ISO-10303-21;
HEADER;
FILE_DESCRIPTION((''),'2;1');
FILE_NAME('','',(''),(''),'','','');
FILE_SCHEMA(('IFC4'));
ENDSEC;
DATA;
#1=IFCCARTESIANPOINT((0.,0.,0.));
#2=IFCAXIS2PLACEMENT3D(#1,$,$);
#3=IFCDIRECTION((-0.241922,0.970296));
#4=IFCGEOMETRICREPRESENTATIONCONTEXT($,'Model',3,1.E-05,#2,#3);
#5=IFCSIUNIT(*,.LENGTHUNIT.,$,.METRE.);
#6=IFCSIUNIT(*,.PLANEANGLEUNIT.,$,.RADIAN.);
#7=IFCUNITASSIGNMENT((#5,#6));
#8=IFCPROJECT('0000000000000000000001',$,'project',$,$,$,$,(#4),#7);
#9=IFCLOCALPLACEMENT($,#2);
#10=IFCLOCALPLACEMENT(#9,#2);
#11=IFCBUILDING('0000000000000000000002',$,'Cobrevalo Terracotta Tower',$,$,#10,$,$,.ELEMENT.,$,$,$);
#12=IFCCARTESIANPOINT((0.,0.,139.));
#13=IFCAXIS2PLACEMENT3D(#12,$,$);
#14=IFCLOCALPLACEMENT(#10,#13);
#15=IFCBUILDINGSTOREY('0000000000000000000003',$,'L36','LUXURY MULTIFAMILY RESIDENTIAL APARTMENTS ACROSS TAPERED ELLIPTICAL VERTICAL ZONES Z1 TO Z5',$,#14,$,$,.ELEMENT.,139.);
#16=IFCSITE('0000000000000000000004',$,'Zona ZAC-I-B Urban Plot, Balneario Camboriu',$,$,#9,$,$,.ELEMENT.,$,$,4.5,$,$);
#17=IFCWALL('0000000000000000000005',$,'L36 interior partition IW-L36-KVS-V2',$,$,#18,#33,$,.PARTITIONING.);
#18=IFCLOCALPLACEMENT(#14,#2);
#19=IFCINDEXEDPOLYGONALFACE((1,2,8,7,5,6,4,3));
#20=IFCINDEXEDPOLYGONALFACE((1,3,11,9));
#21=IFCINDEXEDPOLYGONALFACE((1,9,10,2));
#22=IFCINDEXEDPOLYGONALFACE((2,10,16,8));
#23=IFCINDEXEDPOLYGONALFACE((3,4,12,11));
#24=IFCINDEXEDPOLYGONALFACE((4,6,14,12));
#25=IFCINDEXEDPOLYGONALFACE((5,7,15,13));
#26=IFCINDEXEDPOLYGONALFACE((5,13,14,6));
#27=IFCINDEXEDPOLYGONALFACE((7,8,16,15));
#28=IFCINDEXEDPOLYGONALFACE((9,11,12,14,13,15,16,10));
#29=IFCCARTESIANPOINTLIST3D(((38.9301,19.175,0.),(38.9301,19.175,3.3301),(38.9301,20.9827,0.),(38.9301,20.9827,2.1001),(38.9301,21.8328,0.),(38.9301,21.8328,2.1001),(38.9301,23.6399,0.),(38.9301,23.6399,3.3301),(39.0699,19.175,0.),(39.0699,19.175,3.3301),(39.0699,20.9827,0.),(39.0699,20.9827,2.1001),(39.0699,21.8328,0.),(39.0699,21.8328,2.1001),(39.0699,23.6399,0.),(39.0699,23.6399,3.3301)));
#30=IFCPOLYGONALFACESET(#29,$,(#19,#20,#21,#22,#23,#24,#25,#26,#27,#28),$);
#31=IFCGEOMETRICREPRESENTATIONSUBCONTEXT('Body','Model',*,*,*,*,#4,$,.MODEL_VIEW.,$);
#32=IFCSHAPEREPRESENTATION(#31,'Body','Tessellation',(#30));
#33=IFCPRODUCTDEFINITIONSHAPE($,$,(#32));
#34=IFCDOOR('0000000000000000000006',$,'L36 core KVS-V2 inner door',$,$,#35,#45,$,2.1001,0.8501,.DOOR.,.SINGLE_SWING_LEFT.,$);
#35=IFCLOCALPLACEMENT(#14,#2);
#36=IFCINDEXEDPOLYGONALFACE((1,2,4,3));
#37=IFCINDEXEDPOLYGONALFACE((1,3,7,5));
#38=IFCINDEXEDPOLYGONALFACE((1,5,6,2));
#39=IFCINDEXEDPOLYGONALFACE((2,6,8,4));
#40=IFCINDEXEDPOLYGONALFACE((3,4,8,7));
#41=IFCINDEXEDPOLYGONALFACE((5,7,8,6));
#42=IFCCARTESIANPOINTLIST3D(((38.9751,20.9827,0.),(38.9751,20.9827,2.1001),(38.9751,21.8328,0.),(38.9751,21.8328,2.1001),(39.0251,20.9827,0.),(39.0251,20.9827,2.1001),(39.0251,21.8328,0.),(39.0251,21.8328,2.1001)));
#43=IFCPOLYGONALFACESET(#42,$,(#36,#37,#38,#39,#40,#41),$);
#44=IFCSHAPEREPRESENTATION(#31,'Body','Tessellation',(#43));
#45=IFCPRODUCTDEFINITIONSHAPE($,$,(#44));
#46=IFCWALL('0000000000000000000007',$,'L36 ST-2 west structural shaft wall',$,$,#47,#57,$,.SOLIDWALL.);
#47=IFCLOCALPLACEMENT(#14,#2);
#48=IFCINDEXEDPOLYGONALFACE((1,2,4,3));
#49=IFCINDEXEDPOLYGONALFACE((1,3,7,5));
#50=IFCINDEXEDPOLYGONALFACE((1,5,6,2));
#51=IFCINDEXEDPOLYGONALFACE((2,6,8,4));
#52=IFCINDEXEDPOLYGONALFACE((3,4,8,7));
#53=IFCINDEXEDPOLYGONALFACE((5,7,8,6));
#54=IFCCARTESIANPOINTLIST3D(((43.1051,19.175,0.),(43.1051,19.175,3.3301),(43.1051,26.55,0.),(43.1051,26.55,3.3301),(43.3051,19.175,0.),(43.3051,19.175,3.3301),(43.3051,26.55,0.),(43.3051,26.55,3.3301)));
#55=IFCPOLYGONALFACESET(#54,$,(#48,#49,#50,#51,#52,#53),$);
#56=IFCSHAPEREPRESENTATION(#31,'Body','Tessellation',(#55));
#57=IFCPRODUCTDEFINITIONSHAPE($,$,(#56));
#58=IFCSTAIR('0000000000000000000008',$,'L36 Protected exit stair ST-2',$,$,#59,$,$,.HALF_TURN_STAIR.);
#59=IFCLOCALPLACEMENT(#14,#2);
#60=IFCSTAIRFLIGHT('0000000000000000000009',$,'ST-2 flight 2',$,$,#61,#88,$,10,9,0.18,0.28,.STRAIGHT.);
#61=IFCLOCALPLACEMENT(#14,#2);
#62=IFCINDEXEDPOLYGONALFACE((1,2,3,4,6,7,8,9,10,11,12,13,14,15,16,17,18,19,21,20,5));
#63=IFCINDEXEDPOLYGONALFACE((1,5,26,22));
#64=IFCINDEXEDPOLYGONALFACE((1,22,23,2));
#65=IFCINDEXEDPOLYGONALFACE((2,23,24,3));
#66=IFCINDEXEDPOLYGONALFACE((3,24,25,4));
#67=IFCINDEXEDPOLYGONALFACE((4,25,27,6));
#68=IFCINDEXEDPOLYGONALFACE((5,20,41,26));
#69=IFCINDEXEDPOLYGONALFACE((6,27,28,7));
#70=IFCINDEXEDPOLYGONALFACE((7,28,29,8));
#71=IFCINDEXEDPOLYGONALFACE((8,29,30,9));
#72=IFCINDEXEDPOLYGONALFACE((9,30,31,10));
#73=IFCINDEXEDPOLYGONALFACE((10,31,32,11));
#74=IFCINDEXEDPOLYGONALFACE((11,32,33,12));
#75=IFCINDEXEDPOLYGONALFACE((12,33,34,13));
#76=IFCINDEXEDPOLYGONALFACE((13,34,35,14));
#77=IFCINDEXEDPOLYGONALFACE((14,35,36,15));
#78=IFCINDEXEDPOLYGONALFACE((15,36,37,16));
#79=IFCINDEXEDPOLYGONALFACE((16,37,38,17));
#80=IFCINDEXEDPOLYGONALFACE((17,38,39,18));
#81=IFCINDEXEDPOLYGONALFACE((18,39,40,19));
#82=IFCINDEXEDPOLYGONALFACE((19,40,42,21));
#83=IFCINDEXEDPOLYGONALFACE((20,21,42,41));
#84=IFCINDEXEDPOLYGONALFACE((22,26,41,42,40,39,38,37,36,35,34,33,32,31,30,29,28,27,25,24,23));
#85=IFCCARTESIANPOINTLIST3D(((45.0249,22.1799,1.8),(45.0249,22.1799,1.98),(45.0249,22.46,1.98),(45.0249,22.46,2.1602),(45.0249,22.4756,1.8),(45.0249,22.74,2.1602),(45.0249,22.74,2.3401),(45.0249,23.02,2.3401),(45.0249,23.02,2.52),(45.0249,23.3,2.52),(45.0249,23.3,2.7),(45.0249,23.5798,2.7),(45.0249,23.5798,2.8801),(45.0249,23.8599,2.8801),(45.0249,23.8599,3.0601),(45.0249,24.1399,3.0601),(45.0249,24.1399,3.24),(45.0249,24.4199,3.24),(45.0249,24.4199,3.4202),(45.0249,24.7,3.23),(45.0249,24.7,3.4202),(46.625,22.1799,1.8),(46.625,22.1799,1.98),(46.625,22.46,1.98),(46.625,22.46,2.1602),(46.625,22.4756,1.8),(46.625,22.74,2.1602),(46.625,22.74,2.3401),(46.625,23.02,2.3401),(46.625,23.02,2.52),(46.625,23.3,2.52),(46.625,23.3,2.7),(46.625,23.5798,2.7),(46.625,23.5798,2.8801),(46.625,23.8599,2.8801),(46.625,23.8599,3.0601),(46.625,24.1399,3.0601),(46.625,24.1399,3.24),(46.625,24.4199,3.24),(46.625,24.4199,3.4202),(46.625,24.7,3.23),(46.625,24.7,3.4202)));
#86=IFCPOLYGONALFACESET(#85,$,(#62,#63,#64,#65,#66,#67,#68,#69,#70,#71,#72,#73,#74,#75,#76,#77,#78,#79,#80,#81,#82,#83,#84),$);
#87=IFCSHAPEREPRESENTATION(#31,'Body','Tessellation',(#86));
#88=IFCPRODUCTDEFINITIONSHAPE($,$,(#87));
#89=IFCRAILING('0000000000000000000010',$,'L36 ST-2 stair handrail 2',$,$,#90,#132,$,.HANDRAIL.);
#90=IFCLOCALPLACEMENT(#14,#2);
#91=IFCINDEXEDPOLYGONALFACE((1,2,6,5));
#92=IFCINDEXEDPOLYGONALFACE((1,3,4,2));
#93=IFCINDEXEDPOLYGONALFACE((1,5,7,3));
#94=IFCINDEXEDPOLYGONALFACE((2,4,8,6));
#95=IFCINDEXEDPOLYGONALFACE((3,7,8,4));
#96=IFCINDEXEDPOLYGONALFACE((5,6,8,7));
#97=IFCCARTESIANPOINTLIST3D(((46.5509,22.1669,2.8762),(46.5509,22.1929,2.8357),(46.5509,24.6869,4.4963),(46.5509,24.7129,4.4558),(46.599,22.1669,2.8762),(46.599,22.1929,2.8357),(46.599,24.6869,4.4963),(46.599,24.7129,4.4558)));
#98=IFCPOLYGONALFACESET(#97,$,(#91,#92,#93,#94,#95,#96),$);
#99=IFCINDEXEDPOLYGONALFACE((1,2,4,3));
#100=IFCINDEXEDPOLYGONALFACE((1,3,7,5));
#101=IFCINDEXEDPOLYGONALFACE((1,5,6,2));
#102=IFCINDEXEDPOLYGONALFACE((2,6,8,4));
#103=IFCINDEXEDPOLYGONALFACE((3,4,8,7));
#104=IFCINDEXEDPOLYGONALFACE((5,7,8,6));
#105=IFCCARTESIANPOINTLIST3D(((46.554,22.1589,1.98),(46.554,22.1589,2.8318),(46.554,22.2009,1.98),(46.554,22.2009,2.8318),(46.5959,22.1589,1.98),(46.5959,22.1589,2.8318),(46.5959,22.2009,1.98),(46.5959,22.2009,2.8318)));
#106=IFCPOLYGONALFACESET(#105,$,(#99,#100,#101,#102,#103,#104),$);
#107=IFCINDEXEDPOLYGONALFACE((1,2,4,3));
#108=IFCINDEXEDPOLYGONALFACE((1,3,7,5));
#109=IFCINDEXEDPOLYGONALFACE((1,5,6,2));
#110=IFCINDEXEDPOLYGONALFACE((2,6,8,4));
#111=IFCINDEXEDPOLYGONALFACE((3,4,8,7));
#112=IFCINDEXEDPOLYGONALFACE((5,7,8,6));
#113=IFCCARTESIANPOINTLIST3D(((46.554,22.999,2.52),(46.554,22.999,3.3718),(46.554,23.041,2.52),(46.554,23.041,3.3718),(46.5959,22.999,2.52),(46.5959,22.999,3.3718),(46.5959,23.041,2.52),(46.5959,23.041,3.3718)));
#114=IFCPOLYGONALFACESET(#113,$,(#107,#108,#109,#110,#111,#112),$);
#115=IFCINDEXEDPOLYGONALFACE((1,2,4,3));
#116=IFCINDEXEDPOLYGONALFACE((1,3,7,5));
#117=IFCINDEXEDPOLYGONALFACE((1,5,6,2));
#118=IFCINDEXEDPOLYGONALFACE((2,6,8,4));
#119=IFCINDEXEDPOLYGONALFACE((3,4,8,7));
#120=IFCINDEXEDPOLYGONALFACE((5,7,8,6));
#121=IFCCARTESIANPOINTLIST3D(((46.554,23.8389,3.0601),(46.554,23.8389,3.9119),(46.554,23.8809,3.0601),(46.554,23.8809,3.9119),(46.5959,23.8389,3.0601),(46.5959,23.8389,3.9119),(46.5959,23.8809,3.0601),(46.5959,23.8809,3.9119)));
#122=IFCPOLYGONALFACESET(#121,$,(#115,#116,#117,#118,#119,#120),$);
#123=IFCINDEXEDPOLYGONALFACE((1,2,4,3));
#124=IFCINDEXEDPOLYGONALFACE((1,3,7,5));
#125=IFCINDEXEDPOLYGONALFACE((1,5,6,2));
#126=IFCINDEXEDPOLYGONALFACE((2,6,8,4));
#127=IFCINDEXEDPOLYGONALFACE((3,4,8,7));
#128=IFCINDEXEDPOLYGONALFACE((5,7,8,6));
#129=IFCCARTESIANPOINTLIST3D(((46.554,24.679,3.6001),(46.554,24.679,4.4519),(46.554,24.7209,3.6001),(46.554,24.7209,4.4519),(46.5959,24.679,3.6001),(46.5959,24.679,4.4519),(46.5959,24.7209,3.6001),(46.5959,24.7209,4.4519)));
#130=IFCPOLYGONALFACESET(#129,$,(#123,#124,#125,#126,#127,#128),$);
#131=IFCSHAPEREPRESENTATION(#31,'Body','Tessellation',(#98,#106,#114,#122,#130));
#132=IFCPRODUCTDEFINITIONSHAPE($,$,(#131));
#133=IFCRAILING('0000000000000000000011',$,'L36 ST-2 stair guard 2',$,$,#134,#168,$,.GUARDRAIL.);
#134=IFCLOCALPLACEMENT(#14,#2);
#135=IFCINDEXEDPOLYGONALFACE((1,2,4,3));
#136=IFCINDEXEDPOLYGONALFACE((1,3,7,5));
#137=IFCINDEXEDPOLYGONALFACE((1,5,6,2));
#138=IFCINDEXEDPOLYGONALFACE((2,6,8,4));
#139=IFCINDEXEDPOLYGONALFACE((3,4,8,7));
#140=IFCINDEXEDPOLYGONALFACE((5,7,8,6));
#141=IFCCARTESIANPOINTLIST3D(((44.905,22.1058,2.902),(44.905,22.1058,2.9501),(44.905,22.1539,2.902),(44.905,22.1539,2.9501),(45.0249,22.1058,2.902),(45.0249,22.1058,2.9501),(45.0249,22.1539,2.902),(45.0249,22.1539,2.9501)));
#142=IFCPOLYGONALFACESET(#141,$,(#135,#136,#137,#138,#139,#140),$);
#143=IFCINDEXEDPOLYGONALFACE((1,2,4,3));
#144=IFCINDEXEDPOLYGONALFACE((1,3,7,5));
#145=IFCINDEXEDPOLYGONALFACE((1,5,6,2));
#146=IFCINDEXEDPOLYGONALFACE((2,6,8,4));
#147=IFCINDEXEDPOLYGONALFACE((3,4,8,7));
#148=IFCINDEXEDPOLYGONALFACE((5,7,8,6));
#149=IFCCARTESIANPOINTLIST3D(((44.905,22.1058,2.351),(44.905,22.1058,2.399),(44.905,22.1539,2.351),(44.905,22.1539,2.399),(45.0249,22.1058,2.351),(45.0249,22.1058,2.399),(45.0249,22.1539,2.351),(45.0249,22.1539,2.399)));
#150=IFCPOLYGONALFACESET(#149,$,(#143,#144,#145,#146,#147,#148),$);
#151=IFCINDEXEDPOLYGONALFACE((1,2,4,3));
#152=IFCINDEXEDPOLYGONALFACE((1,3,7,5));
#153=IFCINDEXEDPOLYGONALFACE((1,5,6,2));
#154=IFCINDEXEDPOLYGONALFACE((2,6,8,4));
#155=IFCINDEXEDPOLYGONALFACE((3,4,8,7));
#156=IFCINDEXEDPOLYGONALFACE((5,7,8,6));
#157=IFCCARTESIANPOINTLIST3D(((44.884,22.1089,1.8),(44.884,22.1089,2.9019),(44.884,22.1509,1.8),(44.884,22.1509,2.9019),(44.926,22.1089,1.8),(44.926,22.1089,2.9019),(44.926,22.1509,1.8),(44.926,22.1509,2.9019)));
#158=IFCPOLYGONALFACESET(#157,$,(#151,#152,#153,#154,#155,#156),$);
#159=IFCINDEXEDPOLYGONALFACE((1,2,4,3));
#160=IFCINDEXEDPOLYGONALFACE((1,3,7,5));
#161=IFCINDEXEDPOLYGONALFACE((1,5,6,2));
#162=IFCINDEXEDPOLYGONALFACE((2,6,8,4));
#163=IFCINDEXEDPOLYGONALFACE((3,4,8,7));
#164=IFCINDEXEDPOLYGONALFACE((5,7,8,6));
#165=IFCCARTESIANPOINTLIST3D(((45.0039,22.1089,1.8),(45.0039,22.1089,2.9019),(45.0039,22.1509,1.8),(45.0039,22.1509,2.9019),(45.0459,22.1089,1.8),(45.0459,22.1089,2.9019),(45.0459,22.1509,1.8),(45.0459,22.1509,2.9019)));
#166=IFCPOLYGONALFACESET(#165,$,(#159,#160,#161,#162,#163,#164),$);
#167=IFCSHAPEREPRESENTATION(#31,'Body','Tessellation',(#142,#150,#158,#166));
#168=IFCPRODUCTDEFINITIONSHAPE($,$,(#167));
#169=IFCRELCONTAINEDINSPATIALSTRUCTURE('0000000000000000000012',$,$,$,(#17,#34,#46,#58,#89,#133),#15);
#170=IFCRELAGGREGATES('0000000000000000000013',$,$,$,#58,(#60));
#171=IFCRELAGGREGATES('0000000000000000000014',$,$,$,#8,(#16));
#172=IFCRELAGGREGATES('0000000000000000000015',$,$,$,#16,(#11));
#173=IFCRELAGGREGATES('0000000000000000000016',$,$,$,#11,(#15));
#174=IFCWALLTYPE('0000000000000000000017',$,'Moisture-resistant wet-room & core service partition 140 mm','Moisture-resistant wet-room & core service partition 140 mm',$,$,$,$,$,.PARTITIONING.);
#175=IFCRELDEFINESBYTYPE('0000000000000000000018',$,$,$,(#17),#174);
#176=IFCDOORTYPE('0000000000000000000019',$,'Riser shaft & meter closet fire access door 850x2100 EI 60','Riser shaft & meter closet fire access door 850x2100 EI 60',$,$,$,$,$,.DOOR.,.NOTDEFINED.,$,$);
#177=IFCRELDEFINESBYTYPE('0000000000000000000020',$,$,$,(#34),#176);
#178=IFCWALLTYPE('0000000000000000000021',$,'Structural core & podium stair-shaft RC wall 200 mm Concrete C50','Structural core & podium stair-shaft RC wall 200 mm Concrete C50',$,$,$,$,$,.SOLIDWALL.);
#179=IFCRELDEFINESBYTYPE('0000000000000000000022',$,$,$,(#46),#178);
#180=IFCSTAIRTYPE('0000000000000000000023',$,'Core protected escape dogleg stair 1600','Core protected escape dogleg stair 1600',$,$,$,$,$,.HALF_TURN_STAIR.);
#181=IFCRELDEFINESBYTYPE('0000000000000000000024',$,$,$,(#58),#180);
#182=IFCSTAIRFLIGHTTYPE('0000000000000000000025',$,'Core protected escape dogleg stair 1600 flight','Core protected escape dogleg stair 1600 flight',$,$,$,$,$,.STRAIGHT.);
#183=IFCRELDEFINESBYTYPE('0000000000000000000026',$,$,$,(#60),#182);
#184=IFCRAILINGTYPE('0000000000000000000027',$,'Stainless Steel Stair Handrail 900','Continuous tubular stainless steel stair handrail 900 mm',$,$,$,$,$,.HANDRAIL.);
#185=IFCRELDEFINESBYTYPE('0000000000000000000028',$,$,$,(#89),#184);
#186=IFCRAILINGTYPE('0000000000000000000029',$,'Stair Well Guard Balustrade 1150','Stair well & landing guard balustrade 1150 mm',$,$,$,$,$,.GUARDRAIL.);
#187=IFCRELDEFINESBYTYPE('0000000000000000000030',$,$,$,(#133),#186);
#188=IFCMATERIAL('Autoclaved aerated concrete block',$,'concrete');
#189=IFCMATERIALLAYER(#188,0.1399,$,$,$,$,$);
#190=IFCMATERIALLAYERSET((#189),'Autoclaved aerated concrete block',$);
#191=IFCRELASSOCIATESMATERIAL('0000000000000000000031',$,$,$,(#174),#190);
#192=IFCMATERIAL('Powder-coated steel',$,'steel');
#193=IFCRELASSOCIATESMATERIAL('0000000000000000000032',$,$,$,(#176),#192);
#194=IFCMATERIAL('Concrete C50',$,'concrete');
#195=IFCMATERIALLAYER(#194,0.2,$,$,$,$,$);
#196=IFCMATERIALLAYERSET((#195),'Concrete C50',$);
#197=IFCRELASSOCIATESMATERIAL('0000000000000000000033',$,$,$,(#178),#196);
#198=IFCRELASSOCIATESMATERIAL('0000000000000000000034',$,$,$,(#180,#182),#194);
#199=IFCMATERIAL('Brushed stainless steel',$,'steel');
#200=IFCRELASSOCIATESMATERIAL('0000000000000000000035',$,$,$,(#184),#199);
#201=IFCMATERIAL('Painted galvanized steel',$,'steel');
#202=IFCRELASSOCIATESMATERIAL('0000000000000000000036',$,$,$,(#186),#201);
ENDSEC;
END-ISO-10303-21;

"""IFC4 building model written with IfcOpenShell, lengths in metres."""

from ifc_helpers import new_model, si_unit, direction, frame, frame_2d, origin, origin_2d, place, context, subcontext, project, spatial, polyline, rectangle, outline, extrude, source, transform, mapped, material, layer, layer_set, type_object, element, fill, aggregate, save


model = new_model("IFC4")

# Units and contexts
model_context = context("Model", 3, precision=1e-05, world=origin(), true_north=direction((-0.241922, 0.970296)))
body_context = subcontext(model_context, "Body", "Model", "MODEL_VIEW")
ifc_project = project(units=[si_unit("LENGTHUNIT", "METRE"), si_unit("PLANEANGLEUNIT", "RADIAN")], contexts=[model_context])

# Site, building, storey
site_placement = place(None, origin())
site = spatial("IfcSite", under=ifc_project, at=site_placement, Name="Zona ZAC-I-B Urban Plot, Balneario Camboriu", CompositionType="ELEMENT", RefElevation=4.5)
building_placement = place(site_placement, origin())
building = spatial("IfcBuilding", under=site, at=building_placement, Name="Cobrevalo Terracotta Tower", CompositionType="ELEMENT")
storey_placement = place(building_placement, frame((0.0, 0.0, 139.0)))
storey = spatial("IfcBuildingStorey", under=building, at=storey_placement, Name="L36", Description="LUXURY MULTIFAMILY RESIDENTIAL APARTMENTS ACROSS TAPERED ELLIPTICAL VERTICAL ZONES Z1 TO Z5", CompositionType="ELEMENT", Elevation=139.0)

# Shared definitions
ifc_material_1 = material(Name="Autoclaved aerated concrete block", Category="concrete")

# Shared definitions
ifc_layer_1 = layer(ifc_material_1, 0.1399)
ifc_layer_set_1 = layer_set([ifc_layer_1], Name="Autoclaved aerated concrete block")
wall_type_1 = type_object("IfcWallType", Name="Moisture-resistant wet-room & core service partition 140 mm", Description="Moisture-resistant wet-room & core service partition 140 mm", PredefinedType="PARTITIONING", material=ifc_layer_set_1)

# Wall, opening, door
ifc_material_2 = material(Name="Powder-coated steel", Category="steel")
door_type_1 = type_object("IfcDoorType", Name="Riser shaft & meter closet fire access door 850x2100 EI 60", Description="Riser shaft & meter closet fire access door 850x2100 EI 60", OperationType="NOTDEFINED", PredefinedType="DOOR", material=ifc_material_2)
shared_shape_1 = source(origin(), body_context, "Body", "SweptSolid", [
    extrude(rectangle(XDim=0.8501, YDim=2.1001, at=frame_2d((0.425, 1.05))), frame((0.0, 0.0249, 0.0), z_axis=(0.0, -1.0, 0.0), x_axis=(1.0, 0.0, 0.0)), (0.0, 0.0, 1.0), 0.05),
])
wall_1_placement = place(storey_placement, frame((39.0, 19.175, 0.0), z_axis=(0.0, 0.0, 1.0), x_axis=(0.0, 1.0, 0.0)))
wall_1 = element("IfcWall", 1, at=wall_1_placement, inside=storey, type_object=wall_type_1, Name="L36 interior partition IW-L36-KVS-V2", PredefinedType="PARTITIONING", context=body_context, shape_type="SweptSolid", body=[
    extrude(rectangle(XDim=4.4648, YDim=0.1399, at=frame_2d((2.2324, 0.0))), origin(), (0.0, 0.0, 1.0), 3.3301),
])
opening_1_placement = place(wall_1_placement, frame((1.8076, 0.0, 0.0)))
opening_1 = element("IfcOpeningElement", 2, at=opening_1_placement, cuts=wall_1, PredefinedType="OPENING", context=body_context, shape_type="SweptSolid", body=[
    extrude(rectangle(XDim=0.8501, YDim=2.1001, at=frame_2d((0.425, 1.05))), frame((0.0, 0.0801, 0.0), z_axis=(0.0, -1.0, 0.0), x_axis=(1.0, 0.0, 0.0)), (0.0, 0.0, 1.0), 0.1599),
])
door_1_placement = place(opening_1_placement, origin())
door_1 = element("IfcDoor", 3, at=door_1_placement, inside=storey, type_object=door_type_1, Name="L36 core KVS-V2 inner door", OperationType="SINGLE_SWING_LEFT", OverallHeight=2.1001, OverallWidth=0.8501, PredefinedType="DOOR", context=body_context, shape_type="MappedRepresentation", body=[
    mapped(shared_shape_1, transform((0.0, 0.0, 0.0), scale=1.0)),
])
fill(opening_1, door_1)

# Wall
ifc_material_3 = material(Name="Concrete C50", Category="concrete")
ifc_layer_2 = layer(ifc_material_3, 0.2)
ifc_layer_set_2 = layer_set([ifc_layer_2], Name="Concrete C50")
wall_type_2 = type_object("IfcWallType", Name="Structural core & podium stair-shaft RC wall 200 mm Concrete C50", Description="Structural core & podium stair-shaft RC wall 200 mm Concrete C50", PredefinedType="SOLIDWALL", material=ifc_layer_set_2)
wall_2_placement = place(storey_placement, frame((43.2051, 19.175, 0.0), z_axis=(0.0, 0.0, 1.0), x_axis=(0.0, 1.0, 0.0)))
element("IfcWall", 4, at=wall_2_placement, inside=storey, type_object=wall_type_2, Name="L36 ST-2 west structural shaft wall", PredefinedType="SOLIDWALL", context=body_context, shape_type="SweptSolid", body=[
    extrude(rectangle(XDim=7.375, YDim=0.2, at=frame_2d((3.6875, 0.0))), origin(), (0.0, 0.0, 1.0), 3.3301),
])

# Stair, stair flight
stair_type = type_object("IfcStairType", Name="Core protected escape dogleg stair 1600", Description="Core protected escape dogleg stair 1600", PredefinedType="HALF_TURN_STAIR", material=ifc_material_3)
stair_placement = place(storey_placement, origin())
stair = element("IfcStair", 5, at=stair_placement, inside=storey, type_object=stair_type, Name="L36 Protected exit stair ST-2", PredefinedType="HALF_TURN_STAIR")
stair_flight_type = type_object("IfcStairFlightType", Name="Core protected escape dogleg stair 1600 flight", Description="Core protected escape dogleg stair 1600 flight", PredefinedType="STRAIGHT", material=ifc_material_3)
stair_flight_placement = place(storey_placement, frame((45.825, 22.1799, 1.8), z_axis=(0.0, 0.0, 1.0), x_axis=(0.0, 1.0, 0.0)))
stair_flight = element("IfcStairFlight", 6, at=stair_flight_placement, type_object=stair_flight_type, Name="ST-2 flight 2", NumberOfRisers=10, NumberOfTreads=9, PredefinedType="STRAIGHT", RiserHeight=0.18, TreadLength=0.28, context=body_context, shape_type="SweptSolid", body=[
    extrude(outline(polyline([(0.0, 0.0), (0.0, 0.1799), (0.28, 0.1799), (0.28, 0.3601), (0.5601, 0.3601), (0.5601, 0.54), (0.8401, 0.54), (0.8401, 0.72), (1.1201, 0.72), (1.1201, 0.8999), (1.3999, 0.8999), (1.3999, 1.0801), (1.6799, 1.0801), (1.6799, 1.26), (1.96, 1.26), (1.96, 1.4399), (2.24, 1.4399), (2.24, 1.6201), (2.52, 1.6201), (2.52, 1.8), (2.52, 1.4299), (0.2957, 0.0), (0.0, 0.0)])), frame((0.0, 0.8, 0.0), z_axis=(0.0, -1.0, 0.0), x_axis=(1.0, 0.0, 0.0)), (0.0, 0.0, 1.0), 1.6001),
])
aggregate(stair, [stair_flight])

# Railings
ifc_material_4 = material(Name="Brushed stainless steel", Category="steel")
railing_type_1 = type_object("IfcRailingType", Name="Stainless Steel Stair Handrail 900", Description="Continuous tubular stainless steel stair handrail 900 mm", PredefinedType="HANDRAIL", material=ifc_material_4)
railing_1_placement = place(storey_placement, frame((46.575, 22.1799, 1.98)))
element("IfcRailing", 7, at=railing_1_placement, inside=storey, type_object=railing_type_1, Name="L36 ST-2 stair handrail 2", PredefinedType="HANDRAIL", context=body_context, shape_type="SweptSolid", body=[
    extrude(rectangle(XDim=0.0481, YDim=0.0481, at=origin_2d()), frame((0.0, 0.0, 0.876), z_axis=(0.0, 0.841163, 0.540782), x_axis=(-1.0, 0.0, 0.0)), (0.0, 0.0, 1.0), 2.9958),
    extrude(rectangle(XDim=0.042, YDim=0.042, at=origin_2d()), origin(), (0.0, 0.0, 1.0), 0.8518),
    extrude(rectangle(XDim=0.042, YDim=0.042, at=origin_2d()), frame((0.0, 0.8401, 0.54)), (0.0, 0.0, 1.0), 0.8518),
    extrude(rectangle(XDim=0.042, YDim=0.042, at=origin_2d()), frame((0.0, 1.6799, 1.0801)), (0.0, 0.0, 1.0), 0.8518),
    extrude(rectangle(XDim=0.042, YDim=0.042, at=origin_2d()), frame((0.0, 2.52, 1.6201)), (0.0, 0.0, 1.0), 0.8518),
])
ifc_material_5 = material(Name="Painted galvanized steel", Category="steel")
railing_type_2 = type_object("IfcRailingType", Name="Stair Well Guard Balustrade 1150", Description="Stair well & landing guard balustrade 1150 mm", PredefinedType="GUARDRAIL", material=ifc_material_5)
railing_2_placement = place(storey_placement, frame((44.905, 22.1299, 1.8)))
element("IfcRailing", 8, at=railing_2_placement, inside=storey, type_object=railing_type_2, Name="L36 ST-2 stair guard 2", PredefinedType="GUARDRAIL", context=body_context, shape_type="SweptSolid", body=[
    extrude(rectangle(XDim=0.0481, YDim=0.0481, at=origin_2d()), frame((0.0, 0.0, 1.126), z_axis=(1.0, 0.0, 0.0), x_axis=(0.0, 1.0, 0.0)), (0.0, 0.0, 1.0), 0.1199),
    extrude(rectangle(XDim=0.0481, YDim=0.0481, at=origin_2d()), frame((0.0, 0.0, 0.575), z_axis=(1.0, 0.0, 0.0), x_axis=(0.0, 1.0, 0.0)), (0.0, 0.0, 1.0), 0.1199),
    extrude(rectangle(XDim=0.042, YDim=0.042, at=origin_2d()), origin(), (0.0, 0.0, 1.0), 1.1018),
    extrude(rectangle(XDim=0.042, YDim=0.042, at=origin_2d()), frame((0.1199, 0.0, 0.0)), (0.0, 0.0, 1.0), 1.1018),
])

save(model, "model.ifc")
